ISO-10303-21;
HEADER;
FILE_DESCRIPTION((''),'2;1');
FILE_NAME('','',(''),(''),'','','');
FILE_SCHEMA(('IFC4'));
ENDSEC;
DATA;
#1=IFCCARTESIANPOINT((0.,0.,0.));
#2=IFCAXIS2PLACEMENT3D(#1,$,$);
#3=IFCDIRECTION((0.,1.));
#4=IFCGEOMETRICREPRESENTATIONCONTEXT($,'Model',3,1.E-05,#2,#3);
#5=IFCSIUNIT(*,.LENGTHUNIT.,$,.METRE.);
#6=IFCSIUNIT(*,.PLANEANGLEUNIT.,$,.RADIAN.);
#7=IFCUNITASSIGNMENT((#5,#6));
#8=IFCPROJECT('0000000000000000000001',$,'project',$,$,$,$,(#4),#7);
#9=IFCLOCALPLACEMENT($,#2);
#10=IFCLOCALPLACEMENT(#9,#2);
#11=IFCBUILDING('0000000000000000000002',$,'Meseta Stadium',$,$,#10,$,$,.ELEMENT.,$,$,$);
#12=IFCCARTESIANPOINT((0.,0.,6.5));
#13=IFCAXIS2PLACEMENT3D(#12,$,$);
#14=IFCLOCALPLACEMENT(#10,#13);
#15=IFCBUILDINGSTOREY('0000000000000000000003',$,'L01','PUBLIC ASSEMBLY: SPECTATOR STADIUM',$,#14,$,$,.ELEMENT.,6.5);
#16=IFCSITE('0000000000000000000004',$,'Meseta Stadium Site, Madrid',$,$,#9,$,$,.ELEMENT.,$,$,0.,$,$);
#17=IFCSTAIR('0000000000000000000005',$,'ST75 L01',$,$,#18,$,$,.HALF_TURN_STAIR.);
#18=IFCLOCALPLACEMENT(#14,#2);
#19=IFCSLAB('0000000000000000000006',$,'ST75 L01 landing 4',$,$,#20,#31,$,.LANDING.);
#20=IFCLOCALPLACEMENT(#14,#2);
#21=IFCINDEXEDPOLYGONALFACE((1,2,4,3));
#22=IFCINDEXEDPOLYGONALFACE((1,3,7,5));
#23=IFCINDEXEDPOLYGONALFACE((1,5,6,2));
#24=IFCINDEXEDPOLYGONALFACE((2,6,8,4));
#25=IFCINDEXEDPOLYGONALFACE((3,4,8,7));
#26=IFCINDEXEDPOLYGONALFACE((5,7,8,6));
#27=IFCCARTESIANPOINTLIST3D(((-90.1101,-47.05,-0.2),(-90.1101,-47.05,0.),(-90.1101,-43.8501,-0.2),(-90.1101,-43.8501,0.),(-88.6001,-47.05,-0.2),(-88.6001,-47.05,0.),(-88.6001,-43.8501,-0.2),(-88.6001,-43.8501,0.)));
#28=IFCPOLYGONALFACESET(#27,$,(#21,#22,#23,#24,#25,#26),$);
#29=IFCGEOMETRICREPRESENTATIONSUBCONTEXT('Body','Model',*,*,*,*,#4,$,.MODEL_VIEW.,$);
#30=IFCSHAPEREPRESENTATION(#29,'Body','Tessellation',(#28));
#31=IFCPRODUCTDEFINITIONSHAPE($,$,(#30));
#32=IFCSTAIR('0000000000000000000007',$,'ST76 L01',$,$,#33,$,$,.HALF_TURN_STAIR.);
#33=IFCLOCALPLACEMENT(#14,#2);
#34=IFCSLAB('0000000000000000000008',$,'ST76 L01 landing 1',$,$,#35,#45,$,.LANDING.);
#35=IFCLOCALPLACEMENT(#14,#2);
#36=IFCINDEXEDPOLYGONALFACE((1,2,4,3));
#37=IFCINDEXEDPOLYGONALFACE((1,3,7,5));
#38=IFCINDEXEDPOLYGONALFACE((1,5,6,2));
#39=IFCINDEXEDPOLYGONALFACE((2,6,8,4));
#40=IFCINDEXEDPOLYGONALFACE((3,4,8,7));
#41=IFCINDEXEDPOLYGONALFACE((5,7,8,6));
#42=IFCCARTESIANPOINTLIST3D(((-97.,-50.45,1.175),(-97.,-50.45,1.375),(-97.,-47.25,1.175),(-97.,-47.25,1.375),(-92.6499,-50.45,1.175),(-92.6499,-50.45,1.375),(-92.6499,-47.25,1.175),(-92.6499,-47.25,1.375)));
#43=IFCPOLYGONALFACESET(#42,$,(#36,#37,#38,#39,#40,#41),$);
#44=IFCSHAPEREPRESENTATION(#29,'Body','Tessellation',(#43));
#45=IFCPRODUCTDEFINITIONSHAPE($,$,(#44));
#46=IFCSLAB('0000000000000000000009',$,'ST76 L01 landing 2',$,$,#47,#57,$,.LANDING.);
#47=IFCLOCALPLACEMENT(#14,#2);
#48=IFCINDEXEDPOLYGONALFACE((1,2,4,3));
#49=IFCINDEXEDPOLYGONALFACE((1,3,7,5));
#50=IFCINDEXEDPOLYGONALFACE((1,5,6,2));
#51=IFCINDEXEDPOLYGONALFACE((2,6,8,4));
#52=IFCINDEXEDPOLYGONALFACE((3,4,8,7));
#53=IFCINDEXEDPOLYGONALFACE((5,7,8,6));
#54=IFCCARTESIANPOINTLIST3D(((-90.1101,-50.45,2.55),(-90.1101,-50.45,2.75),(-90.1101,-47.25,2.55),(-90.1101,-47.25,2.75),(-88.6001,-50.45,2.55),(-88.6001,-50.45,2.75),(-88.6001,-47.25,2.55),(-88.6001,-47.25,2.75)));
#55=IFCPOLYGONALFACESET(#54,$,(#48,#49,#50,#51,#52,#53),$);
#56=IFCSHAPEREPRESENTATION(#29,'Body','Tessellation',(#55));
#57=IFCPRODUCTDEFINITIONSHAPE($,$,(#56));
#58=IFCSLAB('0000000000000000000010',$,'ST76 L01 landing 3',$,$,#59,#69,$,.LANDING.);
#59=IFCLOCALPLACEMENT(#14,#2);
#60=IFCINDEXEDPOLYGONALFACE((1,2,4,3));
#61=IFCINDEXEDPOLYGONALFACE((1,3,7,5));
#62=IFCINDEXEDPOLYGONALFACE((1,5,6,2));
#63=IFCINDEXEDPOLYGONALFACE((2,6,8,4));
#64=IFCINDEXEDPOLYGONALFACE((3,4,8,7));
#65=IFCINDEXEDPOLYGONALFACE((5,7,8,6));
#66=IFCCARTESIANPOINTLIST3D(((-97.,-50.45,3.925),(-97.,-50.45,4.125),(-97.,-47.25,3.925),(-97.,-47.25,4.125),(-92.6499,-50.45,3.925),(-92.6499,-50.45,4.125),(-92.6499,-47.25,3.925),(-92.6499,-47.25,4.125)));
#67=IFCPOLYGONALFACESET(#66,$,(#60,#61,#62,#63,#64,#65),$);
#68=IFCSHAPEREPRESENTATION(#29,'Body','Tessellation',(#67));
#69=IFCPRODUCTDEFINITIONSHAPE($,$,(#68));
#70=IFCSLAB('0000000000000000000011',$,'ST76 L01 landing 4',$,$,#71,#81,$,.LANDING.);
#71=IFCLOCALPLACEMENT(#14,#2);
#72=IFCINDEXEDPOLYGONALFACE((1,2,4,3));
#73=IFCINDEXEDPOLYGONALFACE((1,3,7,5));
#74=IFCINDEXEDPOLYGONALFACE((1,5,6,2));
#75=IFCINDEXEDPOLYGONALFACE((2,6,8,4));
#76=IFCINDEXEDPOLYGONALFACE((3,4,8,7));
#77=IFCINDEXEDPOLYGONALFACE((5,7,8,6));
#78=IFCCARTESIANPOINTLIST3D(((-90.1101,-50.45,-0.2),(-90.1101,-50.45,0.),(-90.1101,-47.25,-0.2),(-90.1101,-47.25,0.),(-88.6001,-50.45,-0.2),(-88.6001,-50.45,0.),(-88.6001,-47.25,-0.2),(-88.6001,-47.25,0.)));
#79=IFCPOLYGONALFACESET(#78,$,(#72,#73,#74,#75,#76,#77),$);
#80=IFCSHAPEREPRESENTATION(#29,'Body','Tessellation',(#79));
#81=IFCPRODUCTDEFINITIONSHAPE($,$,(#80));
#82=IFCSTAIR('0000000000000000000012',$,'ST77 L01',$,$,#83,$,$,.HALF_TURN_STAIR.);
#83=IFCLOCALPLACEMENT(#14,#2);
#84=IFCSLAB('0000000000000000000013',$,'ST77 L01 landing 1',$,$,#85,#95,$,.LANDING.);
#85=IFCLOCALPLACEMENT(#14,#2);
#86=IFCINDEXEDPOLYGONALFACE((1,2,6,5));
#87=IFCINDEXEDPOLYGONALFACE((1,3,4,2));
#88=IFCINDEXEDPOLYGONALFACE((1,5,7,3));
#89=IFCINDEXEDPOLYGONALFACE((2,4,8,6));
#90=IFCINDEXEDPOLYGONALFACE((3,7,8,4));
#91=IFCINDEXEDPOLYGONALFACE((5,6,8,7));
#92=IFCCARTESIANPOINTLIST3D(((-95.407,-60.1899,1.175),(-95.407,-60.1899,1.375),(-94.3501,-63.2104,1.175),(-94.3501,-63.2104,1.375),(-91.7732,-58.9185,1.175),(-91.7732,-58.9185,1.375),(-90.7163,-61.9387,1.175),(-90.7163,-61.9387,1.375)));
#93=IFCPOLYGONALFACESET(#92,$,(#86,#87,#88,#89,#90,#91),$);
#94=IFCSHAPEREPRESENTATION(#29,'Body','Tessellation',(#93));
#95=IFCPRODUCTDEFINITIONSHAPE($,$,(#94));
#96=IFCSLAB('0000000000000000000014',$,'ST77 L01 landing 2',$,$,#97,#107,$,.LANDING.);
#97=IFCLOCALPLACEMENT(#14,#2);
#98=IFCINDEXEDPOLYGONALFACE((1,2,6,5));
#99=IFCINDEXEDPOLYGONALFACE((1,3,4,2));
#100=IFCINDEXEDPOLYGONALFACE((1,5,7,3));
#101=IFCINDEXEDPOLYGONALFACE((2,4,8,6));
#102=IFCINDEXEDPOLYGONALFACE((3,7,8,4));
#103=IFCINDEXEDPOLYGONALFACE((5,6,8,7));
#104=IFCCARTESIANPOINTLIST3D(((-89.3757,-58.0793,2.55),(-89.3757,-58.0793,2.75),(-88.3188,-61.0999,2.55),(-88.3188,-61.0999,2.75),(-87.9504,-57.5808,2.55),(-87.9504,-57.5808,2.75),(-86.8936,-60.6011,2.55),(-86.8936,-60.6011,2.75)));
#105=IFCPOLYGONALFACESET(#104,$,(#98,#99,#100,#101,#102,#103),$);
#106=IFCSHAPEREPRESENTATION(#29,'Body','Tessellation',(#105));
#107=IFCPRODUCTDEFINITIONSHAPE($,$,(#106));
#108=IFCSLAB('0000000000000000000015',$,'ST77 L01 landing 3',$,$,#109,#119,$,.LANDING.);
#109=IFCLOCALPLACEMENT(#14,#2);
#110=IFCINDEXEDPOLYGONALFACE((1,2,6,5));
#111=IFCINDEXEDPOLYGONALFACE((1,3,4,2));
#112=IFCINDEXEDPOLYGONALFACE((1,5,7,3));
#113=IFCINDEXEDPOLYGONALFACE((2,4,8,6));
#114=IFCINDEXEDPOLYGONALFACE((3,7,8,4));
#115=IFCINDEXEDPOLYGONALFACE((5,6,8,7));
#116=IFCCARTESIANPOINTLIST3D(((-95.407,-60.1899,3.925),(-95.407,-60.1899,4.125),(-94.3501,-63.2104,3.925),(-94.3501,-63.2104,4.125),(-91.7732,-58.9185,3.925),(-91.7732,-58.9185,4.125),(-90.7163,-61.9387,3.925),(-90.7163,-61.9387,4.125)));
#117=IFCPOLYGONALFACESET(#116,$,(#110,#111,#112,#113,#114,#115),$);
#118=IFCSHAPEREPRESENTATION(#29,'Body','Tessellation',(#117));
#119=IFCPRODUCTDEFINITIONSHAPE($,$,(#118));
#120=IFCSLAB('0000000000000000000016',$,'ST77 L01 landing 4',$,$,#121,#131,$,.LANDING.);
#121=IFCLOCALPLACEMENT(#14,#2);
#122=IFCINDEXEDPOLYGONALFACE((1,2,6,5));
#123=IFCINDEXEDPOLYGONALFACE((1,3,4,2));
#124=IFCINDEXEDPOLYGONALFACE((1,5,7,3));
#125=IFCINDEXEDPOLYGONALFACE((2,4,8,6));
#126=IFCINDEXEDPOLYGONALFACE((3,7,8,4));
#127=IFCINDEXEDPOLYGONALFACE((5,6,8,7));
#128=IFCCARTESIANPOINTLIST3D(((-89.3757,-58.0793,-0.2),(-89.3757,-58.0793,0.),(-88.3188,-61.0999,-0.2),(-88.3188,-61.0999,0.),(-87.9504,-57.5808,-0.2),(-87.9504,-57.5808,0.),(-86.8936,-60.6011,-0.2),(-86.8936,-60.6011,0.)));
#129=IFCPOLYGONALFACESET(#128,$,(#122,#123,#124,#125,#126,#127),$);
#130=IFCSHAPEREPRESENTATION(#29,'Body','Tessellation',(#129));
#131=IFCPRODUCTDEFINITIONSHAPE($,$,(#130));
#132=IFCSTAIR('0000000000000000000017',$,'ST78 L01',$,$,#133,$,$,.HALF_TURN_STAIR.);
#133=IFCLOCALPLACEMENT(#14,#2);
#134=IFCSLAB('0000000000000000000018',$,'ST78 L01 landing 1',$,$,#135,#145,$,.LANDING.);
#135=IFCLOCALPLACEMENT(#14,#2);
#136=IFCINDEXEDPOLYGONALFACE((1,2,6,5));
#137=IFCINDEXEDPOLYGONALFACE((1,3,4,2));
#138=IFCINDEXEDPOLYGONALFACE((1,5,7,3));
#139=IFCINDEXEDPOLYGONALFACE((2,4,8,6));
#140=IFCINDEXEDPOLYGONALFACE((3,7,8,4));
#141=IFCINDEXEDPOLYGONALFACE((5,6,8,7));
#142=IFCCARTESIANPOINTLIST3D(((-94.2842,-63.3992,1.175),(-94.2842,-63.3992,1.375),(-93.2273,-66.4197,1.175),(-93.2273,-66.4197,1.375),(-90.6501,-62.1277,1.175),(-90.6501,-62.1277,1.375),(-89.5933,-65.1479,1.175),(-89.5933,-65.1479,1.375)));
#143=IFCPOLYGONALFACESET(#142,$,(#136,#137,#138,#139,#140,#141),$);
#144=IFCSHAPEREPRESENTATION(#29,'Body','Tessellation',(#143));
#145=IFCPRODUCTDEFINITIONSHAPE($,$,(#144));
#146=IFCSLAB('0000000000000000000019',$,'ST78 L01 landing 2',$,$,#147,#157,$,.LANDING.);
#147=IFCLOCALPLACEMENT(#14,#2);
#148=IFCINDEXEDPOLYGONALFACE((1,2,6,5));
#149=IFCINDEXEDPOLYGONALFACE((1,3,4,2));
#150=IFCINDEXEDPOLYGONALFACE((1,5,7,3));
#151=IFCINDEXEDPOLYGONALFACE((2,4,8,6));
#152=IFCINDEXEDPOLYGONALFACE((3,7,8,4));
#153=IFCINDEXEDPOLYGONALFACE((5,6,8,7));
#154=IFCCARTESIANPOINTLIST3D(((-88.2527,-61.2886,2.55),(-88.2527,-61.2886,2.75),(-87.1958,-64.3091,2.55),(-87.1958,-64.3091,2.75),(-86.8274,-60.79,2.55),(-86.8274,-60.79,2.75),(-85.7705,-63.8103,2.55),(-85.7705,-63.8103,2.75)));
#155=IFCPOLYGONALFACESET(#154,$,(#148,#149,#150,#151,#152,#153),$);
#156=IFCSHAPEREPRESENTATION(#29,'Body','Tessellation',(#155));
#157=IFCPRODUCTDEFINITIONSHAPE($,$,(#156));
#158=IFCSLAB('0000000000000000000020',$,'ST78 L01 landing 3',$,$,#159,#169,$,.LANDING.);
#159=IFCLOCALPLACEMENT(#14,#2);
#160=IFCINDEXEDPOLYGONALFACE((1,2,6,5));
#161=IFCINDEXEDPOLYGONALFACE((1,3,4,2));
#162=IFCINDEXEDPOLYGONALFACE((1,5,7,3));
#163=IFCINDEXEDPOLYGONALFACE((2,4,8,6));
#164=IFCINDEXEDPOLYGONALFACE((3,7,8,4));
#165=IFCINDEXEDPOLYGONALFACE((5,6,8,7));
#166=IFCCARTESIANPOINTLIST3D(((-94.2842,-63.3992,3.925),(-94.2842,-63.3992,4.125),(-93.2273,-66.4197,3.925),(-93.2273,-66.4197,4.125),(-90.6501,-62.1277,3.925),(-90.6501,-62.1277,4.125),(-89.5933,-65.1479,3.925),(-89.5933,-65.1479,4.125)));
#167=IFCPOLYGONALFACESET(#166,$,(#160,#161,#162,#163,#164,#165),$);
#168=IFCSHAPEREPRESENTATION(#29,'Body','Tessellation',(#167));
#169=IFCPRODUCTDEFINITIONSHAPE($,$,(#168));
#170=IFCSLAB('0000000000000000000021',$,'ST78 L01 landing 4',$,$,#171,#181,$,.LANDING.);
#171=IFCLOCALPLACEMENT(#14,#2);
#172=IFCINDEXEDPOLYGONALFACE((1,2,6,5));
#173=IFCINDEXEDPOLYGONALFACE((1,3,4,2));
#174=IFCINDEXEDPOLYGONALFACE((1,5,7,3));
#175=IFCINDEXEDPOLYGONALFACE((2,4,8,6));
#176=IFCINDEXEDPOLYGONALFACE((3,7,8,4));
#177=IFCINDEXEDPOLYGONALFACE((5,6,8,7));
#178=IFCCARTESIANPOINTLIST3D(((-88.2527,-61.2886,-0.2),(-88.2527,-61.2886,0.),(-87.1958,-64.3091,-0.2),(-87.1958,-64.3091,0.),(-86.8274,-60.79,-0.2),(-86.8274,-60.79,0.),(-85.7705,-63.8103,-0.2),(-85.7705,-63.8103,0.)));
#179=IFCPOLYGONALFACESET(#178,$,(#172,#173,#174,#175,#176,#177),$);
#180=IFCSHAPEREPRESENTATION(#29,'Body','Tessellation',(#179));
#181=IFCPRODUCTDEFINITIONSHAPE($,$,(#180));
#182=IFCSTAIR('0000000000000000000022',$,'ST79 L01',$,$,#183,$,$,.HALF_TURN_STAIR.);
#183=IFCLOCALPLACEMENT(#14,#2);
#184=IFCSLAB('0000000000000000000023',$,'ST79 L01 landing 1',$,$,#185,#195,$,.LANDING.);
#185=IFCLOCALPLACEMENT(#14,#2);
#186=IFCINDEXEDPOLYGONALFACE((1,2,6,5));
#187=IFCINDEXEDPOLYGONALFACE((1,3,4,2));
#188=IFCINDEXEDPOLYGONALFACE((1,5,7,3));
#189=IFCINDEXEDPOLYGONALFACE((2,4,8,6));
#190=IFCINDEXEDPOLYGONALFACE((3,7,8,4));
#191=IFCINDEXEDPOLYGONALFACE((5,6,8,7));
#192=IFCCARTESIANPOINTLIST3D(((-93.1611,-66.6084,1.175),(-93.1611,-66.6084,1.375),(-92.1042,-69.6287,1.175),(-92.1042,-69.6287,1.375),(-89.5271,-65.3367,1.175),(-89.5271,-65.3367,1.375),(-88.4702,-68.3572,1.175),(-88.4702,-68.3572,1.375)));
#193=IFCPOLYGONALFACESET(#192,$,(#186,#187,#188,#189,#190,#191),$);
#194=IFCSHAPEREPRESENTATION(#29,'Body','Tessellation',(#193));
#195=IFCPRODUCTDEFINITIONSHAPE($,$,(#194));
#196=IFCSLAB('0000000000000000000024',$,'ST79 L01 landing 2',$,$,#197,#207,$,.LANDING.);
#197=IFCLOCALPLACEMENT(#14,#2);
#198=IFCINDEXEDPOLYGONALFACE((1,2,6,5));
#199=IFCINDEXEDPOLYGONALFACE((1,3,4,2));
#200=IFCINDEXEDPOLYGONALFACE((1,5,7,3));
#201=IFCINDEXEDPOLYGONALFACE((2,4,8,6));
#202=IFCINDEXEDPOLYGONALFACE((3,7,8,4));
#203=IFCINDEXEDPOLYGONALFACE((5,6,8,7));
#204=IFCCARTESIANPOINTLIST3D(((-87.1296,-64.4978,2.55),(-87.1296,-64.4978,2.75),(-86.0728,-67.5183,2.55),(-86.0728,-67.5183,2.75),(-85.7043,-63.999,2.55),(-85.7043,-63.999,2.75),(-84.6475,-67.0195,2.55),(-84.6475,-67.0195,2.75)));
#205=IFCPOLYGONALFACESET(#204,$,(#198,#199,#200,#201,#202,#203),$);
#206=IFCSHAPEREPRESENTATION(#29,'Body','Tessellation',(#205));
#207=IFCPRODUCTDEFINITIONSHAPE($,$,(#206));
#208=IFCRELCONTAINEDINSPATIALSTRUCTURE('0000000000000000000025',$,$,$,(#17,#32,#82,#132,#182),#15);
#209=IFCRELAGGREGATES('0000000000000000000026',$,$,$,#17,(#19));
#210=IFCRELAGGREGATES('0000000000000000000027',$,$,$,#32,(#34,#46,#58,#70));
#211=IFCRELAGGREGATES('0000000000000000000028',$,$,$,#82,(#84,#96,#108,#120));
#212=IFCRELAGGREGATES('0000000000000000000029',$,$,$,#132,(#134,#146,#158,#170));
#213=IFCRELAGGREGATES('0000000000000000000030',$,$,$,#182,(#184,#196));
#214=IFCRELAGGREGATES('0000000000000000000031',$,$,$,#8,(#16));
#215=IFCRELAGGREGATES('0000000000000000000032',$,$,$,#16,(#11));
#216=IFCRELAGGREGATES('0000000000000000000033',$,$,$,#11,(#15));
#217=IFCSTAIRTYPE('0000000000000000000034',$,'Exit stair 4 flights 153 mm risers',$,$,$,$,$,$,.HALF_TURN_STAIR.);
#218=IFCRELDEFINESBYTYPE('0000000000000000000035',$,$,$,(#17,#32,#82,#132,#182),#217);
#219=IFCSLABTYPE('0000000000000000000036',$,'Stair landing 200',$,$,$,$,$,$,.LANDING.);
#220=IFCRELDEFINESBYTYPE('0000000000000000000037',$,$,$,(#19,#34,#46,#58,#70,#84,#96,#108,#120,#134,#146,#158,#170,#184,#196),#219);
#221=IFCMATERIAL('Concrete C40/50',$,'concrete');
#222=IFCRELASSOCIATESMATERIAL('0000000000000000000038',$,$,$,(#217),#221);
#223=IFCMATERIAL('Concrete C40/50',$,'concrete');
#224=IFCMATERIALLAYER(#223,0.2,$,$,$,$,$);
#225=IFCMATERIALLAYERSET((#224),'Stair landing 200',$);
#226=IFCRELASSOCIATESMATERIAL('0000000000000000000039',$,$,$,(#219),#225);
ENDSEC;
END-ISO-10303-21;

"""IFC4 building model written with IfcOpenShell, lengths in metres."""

from ifc_helpers import new_model, si_unit, direction, frame, origin, place, context, subcontext, project, spatial, polyline, outline, extrude, material, layer, layer_set, type_object, element, aggregate, save


model = new_model("IFC4")

# Units and contexts
model_context = context("Model", 3, precision=1e-05, world=origin(), true_north=direction((0.0, 1.0)))
body_context = subcontext(model_context, "Body", "Model", "MODEL_VIEW")
ifc_project = project(units=[si_unit("LENGTHUNIT", "METRE"), si_unit("PLANEANGLEUNIT", "RADIAN")], contexts=[model_context])

# Site, building, storey
site_placement = place(None, origin())
site = spatial("IfcSite", under=ifc_project, at=site_placement, Name="Meseta Stadium Site, Madrid", CompositionType="ELEMENT", RefElevation=0.0)
building_placement = place(site_placement, origin())
building = spatial("IfcBuilding", under=site, at=building_placement, Name="Meseta Stadium", CompositionType="ELEMENT")
storey_placement = place(building_placement, frame((0.0, 0.0, 6.5)))
storey = spatial("IfcBuildingStorey", under=building, at=storey_placement, Name="L01", Description="PUBLIC ASSEMBLY: SPECTATOR STADIUM", CompositionType="ELEMENT", Elevation=6.5)

# Stair, slab
ifc_material_1 = material(Name="Concrete C40/50", Category="concrete")
stair_type = type_object("IfcStairType", Name="Exit stair 4 flights 153 mm risers", PredefinedType="HALF_TURN_STAIR", material=ifc_material_1)
stair_1_placement = place(storey_placement, origin())
stair_1 = element("IfcStair", 1, at=stair_1_placement, inside=storey, type_object=stair_type, Name="ST75 L01", PredefinedType="HALF_TURN_STAIR")
ifc_material_2 = material(Name="Concrete C40/50", Category="concrete")
ifc_layer = layer(ifc_material_2, 0.2)
ifc_layer_set = layer_set([ifc_layer], Name="Stair landing 200")
slab_type = type_object("IfcSlabType", Name="Stair landing 200", PredefinedType="LANDING", material=ifc_layer_set)
slab_1_placement = place(storey_placement, frame((0.0, 0.0, -0.2)))
slab_1 = element("IfcSlab", 2, at=slab_1_placement, type_object=slab_type, Name="ST75 L01 landing 4", PredefinedType="LANDING", context=body_context, shape_type="SweptSolid", body=[
    extrude(outline(polyline([(-88.6001, -43.8501), (-90.1101, -43.8501), (-90.1101, -47.05), (-88.6001, -47.05), (-88.6001, -43.8501)])), origin(), (0.0, 0.0, 1.0), 0.2),
])
aggregate(stair_1, [slab_1])

# Stairs, slabs
stair_2_placement = place(storey_placement, origin())
stair_2 = element("IfcStair", 3, at=stair_2_placement, inside=storey, type_object=stair_type, Name="ST76 L01", PredefinedType="HALF_TURN_STAIR")
slab_2_placement = place(storey_placement, frame((0.0, 0.0, 1.175)))
slab_2 = element("IfcSlab", 4, at=slab_2_placement, type_object=slab_type, Name="ST76 L01 landing 1", PredefinedType="LANDING", context=body_context, shape_type="SweptSolid", body=[
    extrude(outline(polyline([(-92.6499, -47.25), (-97.0, -47.25), (-97.0, -50.45), (-92.6499, -50.45), (-92.6499, -47.25)])), origin(), (0.0, 0.0, 1.0), 0.2),
])
slab_3_placement = place(storey_placement, frame((0.0, 0.0, 2.55)))
slab_3 = element("IfcSlab", 5, at=slab_3_placement, type_object=slab_type, Name="ST76 L01 landing 2", PredefinedType="LANDING", context=body_context, shape_type="SweptSolid", body=[
    extrude(outline(polyline([(-88.6001, -47.25), (-90.1101, -47.25), (-90.1101, -50.45), (-88.6001, -50.45), (-88.6001, -47.25)])), origin(), (0.0, 0.0, 1.0), 0.2),
])
slab_4_placement = place(storey_placement, frame((0.0, 0.0, 3.925)))
slab_4 = element("IfcSlab", 6, at=slab_4_placement, type_object=slab_type, Name="ST76 L01 landing 3", PredefinedType="LANDING", context=body_context, shape_type="SweptSolid", body=[
    extrude(outline(polyline([(-92.6499, -47.25), (-97.0, -47.25), (-97.0, -50.45), (-92.6499, -50.45), (-92.6499, -47.25)])), origin(), (0.0, 0.0, 1.0), 0.2),
])
slab_5_placement = place(storey_placement, frame((0.0, 0.0, -0.2)))
slab_5 = element("IfcSlab", 7, at=slab_5_placement, type_object=slab_type, Name="ST76 L01 landing 4", PredefinedType="LANDING", context=body_context, shape_type="SweptSolid", body=[
    extrude(outline(polyline([(-88.6001, -47.25), (-90.1101, -47.25), (-90.1101, -50.45), (-88.6001, -50.45), (-88.6001, -47.25)])), origin(), (0.0, 0.0, 1.0), 0.2),
])
aggregate(stair_2, [slab_2, slab_3, slab_4, slab_5])
stair_3_placement = place(storey_placement, origin())
stair_3 = element("IfcStair", 8, at=stair_3_placement, inside=storey, type_object=stair_type, Name="ST77 L01", PredefinedType="HALF_TURN_STAIR")
slab_6_placement = place(storey_placement, frame((0.0, 0.0, 1.175)))
slab_6 = element("IfcSlab", 9, at=slab_6_placement, type_object=slab_type, Name="ST77 L01 landing 1", PredefinedType="LANDING", context=body_context, shape_type="SweptSolid", body=[
    extrude(outline(polyline([(-91.7732, -58.9185), (-95.407, -60.1899), (-94.3501, -63.2104), (-90.7163, -61.9387), (-91.7732, -58.9185)])), origin(), (0.0, 0.0, 1.0), 0.2),
])
slab_7_placement = place(storey_placement, frame((0.0, 0.0, 2.55)))
slab_7 = element("IfcSlab", 10, at=slab_7_placement, type_object=slab_type, Name="ST77 L01 landing 2", PredefinedType="LANDING", context=body_context, shape_type="SweptSolid", body=[
    extrude(outline(polyline([(-87.9504, -57.5808), (-89.3757, -58.0793), (-88.3188, -61.0999), (-86.8936, -60.6011), (-87.9504, -57.5808)])), origin(), (0.0, 0.0, 1.0), 0.2),
])
slab_8_placement = place(storey_placement, frame((0.0, 0.0, 3.925)))
slab_8 = element("IfcSlab", 11, at=slab_8_placement, type_object=slab_type, Name="ST77 L01 landing 3", PredefinedType="LANDING", context=body_context, shape_type="SweptSolid", body=[
    extrude(outline(polyline([(-91.7732, -58.9185), (-95.407, -60.1899), (-94.3501, -63.2104), (-90.7163, -61.9387), (-91.7732, -58.9185)])), origin(), (0.0, 0.0, 1.0), 0.2),
])
slab_9_placement = place(storey_placement, frame((0.0, 0.0, -0.2)))
slab_9 = element("IfcSlab", 12, at=slab_9_placement, type_object=slab_type, Name="ST77 L01 landing 4", PredefinedType="LANDING", context=body_context, shape_type="SweptSolid", body=[
    extrude(outline(polyline([(-87.9504, -57.5808), (-89.3757, -58.0793), (-88.3188, -61.0999), (-86.8936, -60.6011), (-87.9504, -57.5808)])), origin(), (0.0, 0.0, 1.0), 0.2),
])
aggregate(stair_3, [slab_6, slab_7, slab_8, slab_9])
stair_4_placement = place(storey_placement, origin())
stair_4 = element("IfcStair", 13, at=stair_4_placement, inside=storey, type_object=stair_type, Name="ST78 L01", PredefinedType="HALF_TURN_STAIR")
slab_10_placement = place(storey_placement, frame((0.0, 0.0, 1.175)))
slab_10 = element("IfcSlab", 14, at=slab_10_placement, type_object=slab_type, Name="ST78 L01 landing 1", PredefinedType="LANDING", context=body_context, shape_type="SweptSolid", body=[
    extrude(outline(polyline([(-90.6501, -62.1277), (-94.2842, -63.3992), (-93.2273, -66.4197), (-89.5933, -65.1479), (-90.6501, -62.1277)])), origin(), (0.0, 0.0, 1.0), 0.2),
])
slab_11_placement = place(storey_placement, frame((0.0, 0.0, 2.55)))
slab_11 = element("IfcSlab", 15, at=slab_11_placement, type_object=slab_type, Name="ST78 L01 landing 2", PredefinedType="LANDING", context=body_context, shape_type="SweptSolid", body=[
    extrude(outline(polyline([(-86.8274, -60.79), (-88.2527, -61.2886), (-87.1958, -64.3091), (-85.7705, -63.8103), (-86.8274, -60.79)])), origin(), (0.0, 0.0, 1.0), 0.2),
])
slab_12_placement = place(storey_placement, frame((0.0, 0.0, 3.925)))
slab_12 = element("IfcSlab", 16, at=slab_12_placement, type_object=slab_type, Name="ST78 L01 landing 3", PredefinedType="LANDING", context=body_context, shape_type="SweptSolid", body=[
    extrude(outline(polyline([(-90.6501, -62.1277), (-94.2842, -63.3992), (-93.2273, -66.4197), (-89.5933, -65.1479), (-90.6501, -62.1277)])), origin(), (0.0, 0.0, 1.0), 0.2),
])
slab_13_placement = place(storey_placement, frame((0.0, 0.0, -0.2)))
slab_13 = element("IfcSlab", 17, at=slab_13_placement, type_object=slab_type, Name="ST78 L01 landing 4", PredefinedType="LANDING", context=body_context, shape_type="SweptSolid", body=[
    extrude(outline(polyline([(-86.8274, -60.79), (-88.2527, -61.2886), (-87.1958, -64.3091), (-85.7705, -63.8103), (-86.8274, -60.79)])), origin(), (0.0, 0.0, 1.0), 0.2),
])
aggregate(stair_4, [slab_10, slab_11, slab_12, slab_13])
stair_5_placement = place(storey_placement, origin())
stair_5 = element("IfcStair", 18, at=stair_5_placement, inside=storey, type_object=stair_type, Name="ST79 L01", PredefinedType="HALF_TURN_STAIR")
slab_14_placement = place(storey_placement, frame((0.0, 0.0, 1.175)))
slab_14 = element("IfcSlab", 19, at=slab_14_placement, type_object=slab_type, Name="ST79 L01 landing 1", PredefinedType="LANDING", context=body_context, shape_type="SweptSolid", body=[
    extrude(outline(polyline([(-89.5271, -65.3367), (-93.1611, -66.6084), (-92.1042, -69.6287), (-88.4702, -68.3572), (-89.5271, -65.3367)])), origin(), (0.0, 0.0, 1.0), 0.2),
])
slab_15_placement = place(storey_placement, frame((0.0, 0.0, 2.55)))
slab_15 = element("IfcSlab", 20, at=slab_15_placement, type_object=slab_type, Name="ST79 L01 landing 2", PredefinedType="LANDING", context=body_context, shape_type="SweptSolid", body=[
    extrude(outline(polyline([(-85.7043, -63.999), (-87.1296, -64.4978), (-86.0728, -67.5183), (-84.6475, -67.0195), (-85.7043, -63.999)])), origin(), (0.0, 0.0, 1.0), 0.2),
])
aggregate(stair_5, [slab_14, slab_15])

save(model, "model.ifc")
